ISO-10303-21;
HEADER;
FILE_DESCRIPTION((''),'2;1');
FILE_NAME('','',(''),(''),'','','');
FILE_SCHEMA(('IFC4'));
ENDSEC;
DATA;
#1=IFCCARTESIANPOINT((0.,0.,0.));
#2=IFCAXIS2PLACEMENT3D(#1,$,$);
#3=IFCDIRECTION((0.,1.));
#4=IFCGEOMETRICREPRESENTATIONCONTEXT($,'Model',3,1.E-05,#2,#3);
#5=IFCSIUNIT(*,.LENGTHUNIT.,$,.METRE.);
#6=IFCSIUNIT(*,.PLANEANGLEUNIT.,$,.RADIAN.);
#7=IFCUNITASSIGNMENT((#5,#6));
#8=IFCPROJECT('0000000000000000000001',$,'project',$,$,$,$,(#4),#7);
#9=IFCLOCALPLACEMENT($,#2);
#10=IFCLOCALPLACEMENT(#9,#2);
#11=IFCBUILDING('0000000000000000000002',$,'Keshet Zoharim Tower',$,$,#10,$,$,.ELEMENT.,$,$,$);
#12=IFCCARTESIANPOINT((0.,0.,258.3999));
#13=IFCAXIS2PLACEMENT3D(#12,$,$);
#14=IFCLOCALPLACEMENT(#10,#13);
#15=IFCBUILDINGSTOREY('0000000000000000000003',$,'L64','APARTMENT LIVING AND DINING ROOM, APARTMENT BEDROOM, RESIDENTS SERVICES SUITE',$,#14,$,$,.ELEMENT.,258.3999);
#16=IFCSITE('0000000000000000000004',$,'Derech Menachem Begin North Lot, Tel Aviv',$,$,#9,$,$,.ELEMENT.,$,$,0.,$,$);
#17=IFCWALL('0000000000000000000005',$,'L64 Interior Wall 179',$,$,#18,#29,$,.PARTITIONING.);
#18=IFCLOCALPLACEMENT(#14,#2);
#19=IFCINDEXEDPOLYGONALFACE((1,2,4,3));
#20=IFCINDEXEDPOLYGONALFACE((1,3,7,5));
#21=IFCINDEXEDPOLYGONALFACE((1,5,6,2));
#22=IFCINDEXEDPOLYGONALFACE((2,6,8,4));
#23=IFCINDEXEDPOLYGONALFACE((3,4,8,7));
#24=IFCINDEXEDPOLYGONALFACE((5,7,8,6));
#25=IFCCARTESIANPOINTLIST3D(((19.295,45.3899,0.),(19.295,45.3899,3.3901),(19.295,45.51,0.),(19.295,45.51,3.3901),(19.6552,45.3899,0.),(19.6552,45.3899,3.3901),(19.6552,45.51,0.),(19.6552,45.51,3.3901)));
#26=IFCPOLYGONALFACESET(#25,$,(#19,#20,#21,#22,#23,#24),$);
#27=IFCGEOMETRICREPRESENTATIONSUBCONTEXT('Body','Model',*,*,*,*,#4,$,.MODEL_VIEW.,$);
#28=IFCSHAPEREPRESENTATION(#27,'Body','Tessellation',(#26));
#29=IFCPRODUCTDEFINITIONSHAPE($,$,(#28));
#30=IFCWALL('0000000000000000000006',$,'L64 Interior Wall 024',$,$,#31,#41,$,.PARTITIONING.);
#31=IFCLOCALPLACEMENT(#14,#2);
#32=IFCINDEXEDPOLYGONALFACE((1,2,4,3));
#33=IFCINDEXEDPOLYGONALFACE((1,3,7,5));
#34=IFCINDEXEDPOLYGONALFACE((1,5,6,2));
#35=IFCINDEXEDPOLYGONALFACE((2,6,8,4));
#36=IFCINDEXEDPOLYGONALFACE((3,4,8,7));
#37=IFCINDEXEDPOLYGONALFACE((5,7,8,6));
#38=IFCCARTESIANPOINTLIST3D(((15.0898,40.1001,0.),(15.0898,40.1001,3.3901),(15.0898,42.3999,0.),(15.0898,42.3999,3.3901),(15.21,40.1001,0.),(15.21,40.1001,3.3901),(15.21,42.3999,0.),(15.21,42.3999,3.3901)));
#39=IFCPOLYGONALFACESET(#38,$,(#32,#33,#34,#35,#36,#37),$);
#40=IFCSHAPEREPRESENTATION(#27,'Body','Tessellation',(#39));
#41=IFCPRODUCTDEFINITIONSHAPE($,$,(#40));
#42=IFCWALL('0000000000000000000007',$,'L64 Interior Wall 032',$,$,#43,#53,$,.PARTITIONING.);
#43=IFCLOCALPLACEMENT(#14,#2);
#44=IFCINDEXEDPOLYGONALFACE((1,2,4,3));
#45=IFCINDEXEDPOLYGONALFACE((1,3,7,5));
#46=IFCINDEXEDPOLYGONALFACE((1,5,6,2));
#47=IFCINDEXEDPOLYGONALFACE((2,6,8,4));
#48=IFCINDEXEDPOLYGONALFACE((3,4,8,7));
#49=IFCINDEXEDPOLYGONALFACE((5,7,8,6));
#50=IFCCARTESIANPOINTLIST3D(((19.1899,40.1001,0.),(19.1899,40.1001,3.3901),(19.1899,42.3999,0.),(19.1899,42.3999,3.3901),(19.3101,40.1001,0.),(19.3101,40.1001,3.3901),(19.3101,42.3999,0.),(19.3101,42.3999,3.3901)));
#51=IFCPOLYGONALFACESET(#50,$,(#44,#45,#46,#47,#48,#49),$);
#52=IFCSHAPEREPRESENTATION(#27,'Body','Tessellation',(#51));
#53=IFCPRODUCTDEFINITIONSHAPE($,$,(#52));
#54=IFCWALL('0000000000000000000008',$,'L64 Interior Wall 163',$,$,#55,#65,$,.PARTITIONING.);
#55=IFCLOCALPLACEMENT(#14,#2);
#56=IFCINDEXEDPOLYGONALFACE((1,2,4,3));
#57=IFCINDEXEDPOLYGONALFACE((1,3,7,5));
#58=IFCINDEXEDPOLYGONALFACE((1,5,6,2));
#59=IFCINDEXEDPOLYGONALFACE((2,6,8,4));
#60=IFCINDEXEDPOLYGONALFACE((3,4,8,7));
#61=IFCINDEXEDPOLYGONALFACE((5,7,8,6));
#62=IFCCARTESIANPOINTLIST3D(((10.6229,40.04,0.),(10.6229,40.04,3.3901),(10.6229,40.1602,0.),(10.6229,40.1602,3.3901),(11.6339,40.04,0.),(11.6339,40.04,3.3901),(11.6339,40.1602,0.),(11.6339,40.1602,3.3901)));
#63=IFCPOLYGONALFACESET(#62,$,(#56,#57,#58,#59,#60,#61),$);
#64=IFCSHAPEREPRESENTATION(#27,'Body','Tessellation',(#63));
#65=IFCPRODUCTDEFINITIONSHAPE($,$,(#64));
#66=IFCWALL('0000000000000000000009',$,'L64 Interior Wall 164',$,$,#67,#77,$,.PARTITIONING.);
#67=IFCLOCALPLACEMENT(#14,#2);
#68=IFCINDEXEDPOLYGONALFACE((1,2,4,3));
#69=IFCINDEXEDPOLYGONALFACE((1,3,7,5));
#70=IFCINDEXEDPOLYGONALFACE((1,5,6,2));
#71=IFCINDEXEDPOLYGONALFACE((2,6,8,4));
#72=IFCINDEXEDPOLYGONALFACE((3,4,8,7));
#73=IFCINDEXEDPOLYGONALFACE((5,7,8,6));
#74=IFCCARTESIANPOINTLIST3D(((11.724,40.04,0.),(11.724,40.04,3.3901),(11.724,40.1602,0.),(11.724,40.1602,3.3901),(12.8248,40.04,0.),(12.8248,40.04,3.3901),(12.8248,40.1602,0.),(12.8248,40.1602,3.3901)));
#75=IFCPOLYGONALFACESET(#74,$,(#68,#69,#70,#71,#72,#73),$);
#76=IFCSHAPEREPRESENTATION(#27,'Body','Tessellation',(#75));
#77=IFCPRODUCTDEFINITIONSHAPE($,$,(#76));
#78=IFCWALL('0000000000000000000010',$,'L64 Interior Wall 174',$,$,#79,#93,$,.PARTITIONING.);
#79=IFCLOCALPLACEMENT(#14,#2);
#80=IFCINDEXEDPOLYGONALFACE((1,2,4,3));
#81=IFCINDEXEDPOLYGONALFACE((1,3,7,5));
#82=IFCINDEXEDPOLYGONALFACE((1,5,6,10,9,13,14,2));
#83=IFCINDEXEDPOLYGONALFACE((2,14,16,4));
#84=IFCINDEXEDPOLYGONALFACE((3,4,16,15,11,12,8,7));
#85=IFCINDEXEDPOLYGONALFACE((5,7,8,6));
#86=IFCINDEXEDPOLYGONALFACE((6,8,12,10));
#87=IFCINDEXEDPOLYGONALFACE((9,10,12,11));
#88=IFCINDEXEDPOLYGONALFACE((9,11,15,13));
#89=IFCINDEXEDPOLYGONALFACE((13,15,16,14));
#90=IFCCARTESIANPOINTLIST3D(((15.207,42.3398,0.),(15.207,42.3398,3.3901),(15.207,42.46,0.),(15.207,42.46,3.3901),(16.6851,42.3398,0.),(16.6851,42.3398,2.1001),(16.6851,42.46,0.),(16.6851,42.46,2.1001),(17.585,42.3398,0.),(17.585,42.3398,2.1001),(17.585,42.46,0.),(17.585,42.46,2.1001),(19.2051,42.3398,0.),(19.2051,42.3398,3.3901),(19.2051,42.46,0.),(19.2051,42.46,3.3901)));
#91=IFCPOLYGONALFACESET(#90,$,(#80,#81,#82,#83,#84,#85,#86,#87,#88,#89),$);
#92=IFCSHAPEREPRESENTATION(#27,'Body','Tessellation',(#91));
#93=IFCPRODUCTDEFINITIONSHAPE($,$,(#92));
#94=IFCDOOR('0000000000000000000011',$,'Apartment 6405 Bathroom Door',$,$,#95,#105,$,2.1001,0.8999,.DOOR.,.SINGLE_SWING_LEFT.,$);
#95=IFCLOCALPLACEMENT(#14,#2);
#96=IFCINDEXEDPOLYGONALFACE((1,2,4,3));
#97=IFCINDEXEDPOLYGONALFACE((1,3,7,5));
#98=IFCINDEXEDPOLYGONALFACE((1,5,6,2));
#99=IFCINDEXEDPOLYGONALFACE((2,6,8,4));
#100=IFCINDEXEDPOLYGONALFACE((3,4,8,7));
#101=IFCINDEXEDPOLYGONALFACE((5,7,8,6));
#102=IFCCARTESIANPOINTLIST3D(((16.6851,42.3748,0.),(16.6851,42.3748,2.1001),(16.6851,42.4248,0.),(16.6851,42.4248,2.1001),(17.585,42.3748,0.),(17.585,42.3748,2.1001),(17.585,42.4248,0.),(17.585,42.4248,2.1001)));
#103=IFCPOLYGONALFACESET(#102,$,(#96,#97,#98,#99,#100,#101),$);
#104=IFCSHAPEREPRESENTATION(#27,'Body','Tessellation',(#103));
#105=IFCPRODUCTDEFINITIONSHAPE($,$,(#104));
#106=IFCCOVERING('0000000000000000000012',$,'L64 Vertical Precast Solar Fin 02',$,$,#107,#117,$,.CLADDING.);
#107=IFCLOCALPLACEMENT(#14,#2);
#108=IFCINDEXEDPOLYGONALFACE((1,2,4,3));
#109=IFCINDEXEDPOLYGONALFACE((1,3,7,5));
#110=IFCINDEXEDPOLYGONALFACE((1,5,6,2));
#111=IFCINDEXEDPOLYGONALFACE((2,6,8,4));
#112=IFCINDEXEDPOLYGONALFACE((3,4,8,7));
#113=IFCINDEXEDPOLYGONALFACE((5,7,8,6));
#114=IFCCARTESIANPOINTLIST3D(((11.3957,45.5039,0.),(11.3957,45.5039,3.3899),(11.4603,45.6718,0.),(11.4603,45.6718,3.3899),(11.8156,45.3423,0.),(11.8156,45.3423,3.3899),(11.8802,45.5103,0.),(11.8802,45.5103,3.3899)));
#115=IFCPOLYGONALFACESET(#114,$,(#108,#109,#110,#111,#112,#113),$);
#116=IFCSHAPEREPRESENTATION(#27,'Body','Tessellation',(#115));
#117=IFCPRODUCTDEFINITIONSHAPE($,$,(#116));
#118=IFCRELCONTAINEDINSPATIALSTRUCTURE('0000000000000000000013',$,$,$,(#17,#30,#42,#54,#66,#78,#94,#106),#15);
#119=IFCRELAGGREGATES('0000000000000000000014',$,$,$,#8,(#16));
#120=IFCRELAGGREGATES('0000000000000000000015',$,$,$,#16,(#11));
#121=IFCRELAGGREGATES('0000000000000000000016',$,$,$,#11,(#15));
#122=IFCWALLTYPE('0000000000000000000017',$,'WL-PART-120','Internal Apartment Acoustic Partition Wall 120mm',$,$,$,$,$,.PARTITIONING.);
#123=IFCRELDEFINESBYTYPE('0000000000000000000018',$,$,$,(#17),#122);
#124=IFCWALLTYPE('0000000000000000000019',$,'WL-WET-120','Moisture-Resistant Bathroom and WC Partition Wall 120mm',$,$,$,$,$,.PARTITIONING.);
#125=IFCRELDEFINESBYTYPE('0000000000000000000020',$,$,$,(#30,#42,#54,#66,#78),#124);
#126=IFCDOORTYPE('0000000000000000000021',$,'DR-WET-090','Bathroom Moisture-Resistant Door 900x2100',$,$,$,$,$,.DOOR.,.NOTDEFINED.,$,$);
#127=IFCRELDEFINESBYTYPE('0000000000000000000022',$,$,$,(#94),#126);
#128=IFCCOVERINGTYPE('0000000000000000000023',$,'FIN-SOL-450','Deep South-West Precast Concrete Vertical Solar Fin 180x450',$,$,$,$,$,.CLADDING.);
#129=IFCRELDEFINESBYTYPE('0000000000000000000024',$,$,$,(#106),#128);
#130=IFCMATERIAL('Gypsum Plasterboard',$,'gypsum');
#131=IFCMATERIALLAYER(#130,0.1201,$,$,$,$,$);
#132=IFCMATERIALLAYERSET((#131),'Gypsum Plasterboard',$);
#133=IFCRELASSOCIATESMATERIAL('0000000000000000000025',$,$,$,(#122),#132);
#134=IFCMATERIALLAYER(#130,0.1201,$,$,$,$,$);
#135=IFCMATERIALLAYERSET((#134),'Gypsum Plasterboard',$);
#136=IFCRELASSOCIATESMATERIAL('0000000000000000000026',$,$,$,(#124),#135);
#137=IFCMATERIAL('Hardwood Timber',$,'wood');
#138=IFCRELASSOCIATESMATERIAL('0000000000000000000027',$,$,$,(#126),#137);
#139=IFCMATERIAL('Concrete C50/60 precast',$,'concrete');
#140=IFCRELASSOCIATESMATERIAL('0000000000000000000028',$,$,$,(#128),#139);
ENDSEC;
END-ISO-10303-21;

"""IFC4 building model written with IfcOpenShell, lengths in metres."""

from ifc_helpers import new_model, si_unit, direction, frame, frame_2d, origin, origin_2d, place, context, subcontext, project, spatial, rectangle, extrude, material, layer, layer_set, type_object, element, fill, save


model = new_model("IFC4")

# Units and contexts
model_context = context("Model", 3, precision=1e-05, world=origin(), true_north=direction((0.0, 1.0)))
body_context = subcontext(model_context, "Body", "Model", "MODEL_VIEW")
ifc_project = project(units=[si_unit("LENGTHUNIT", "METRE"), si_unit("PLANEANGLEUNIT", "RADIAN")], contexts=[model_context])

# Site, building, storey
site_placement = place(None, origin())
site = spatial("IfcSite", under=ifc_project, at=site_placement, Name="Derech Menachem Begin North Lot, Tel Aviv", CompositionType="ELEMENT", RefElevation=0.0)
building_placement = place(site_placement, origin())
building = spatial("IfcBuilding", under=site, at=building_placement, Name="Keshet Zoharim Tower", CompositionType="ELEMENT")
storey_placement = place(building_placement, frame((0.0, 0.0, 258.3999)))
storey = spatial("IfcBuildingStorey", under=building, at=storey_placement, Name="L64", Description="APARTMENT LIVING AND DINING ROOM, APARTMENT BEDROOM, RESIDENTS SERVICES SUITE", CompositionType="ELEMENT", Elevation=258.3999)

# Shared definitions
ifc_material_1 = material(Name="Gypsum Plasterboard", Category="gypsum")

# Shared definitions
ifc_material_2 = material(Name="Hardwood Timber", Category="wood")

# Shared definitions
ifc_layer_1 = layer(ifc_material_1, 0.1201)
ifc_layer_set_1 = layer_set([ifc_layer_1], Name="Gypsum Plasterboard")
wall_type_1 = type_object("IfcWallType", Name="WL-PART-120", Description="Internal Apartment Acoustic Partition Wall 120mm", PredefinedType="PARTITIONING", material=ifc_layer_set_1)

# Walls
wall_1_placement = place(storey_placement, frame((19.2949, 45.45, 0.0), z_axis=(0.0, 0.0, 1.0), x_axis=(1.0, 0.0, 0.0)))
element("IfcWall", 1, at=wall_1_placement, inside=storey, type_object=wall_type_1, Name="L64 Interior Wall 179", PredefinedType="PARTITIONING", context=body_context, shape_type="SweptSolid", body=[
    extrude(rectangle(XDim=0.3601, YDim=0.1201, at=frame_2d((0.1802, 0.0))), origin(), (0.0, 0.0, 1.0), 3.3901),
])
ifc_layer_2 = layer(ifc_material_1, 0.1201)
ifc_layer_set_2 = layer_set([ifc_layer_2], Name="Gypsum Plasterboard")
wall_type_2 = type_object("IfcWallType", Name="WL-WET-120", Description="Moisture-Resistant Bathroom and WC Partition Wall 120mm", PredefinedType="PARTITIONING", material=ifc_layer_set_2)
for number, where, z_axis, x_axis, name in (
    (2, (15.1499, 40.1001, 0.0), (0.0, 0.0, 1.0), (0.0, 1.0, 0.0), "L64 Interior Wall 024"),
    (3, (19.25, 40.1001, 0.0), (0.0, 0.0, 1.0), (0.0, 1.0, 0.0), "L64 Interior Wall 032"),
):
    element("IfcWall", number, at=place(storey_placement, frame(where, z_axis=z_axis, x_axis=x_axis)), inside=storey, type_object=wall_type_2, Name=name, PredefinedType="PARTITIONING", context=body_context, shape_type="SweptSolid", body=[
        extrude(rectangle(XDim=2.2998, YDim=0.1201, at=frame_2d((1.1499, 0.0))), origin(), (0.0, 0.0, 1.0), 3.3901),
    ])
wall_2_placement = place(storey_placement, frame((10.623, 40.1001, 0.0), z_axis=(0.0, 0.0, 1.0), x_axis=(1.0, 0.0, 0.0)))
element("IfcWall", 4, at=wall_2_placement, inside=storey, type_object=wall_type_2, Name="L64 Interior Wall 163", PredefinedType="PARTITIONING", context=body_context, shape_type="SweptSolid", body=[
    extrude(rectangle(XDim=1.011, YDim=0.1201, at=frame_2d((0.5054, 0.0))), origin(), (0.0, 0.0, 1.0), 3.3901),
])
wall_3_placement = place(storey_placement, frame((11.7241, 40.1001, 0.0), z_axis=(0.0, 0.0, 1.0), x_axis=(1.0, 0.0, 0.0)))
element("IfcWall", 5, at=wall_3_placement, inside=storey, type_object=wall_type_2, Name="L64 Interior Wall 164", PredefinedType="PARTITIONING", context=body_context, shape_type="SweptSolid", body=[
    extrude(rectangle(XDim=1.1008, YDim=0.1201, at=frame_2d((0.5503, 0.0))), origin(), (0.0, 0.0, 1.0), 3.3901),
])

# Wall, opening, door
wall_4_placement = place(storey_placement, frame((15.207, 42.3999, 0.0), z_axis=(0.0, 0.0, 1.0), x_axis=(1.0, 0.0, 0.0)))
wall_4 = element("IfcWall", 6, at=wall_4_placement, inside=storey, type_object=wall_type_2, Name="L64 Interior Wall 174", PredefinedType="PARTITIONING", context=body_context, shape_type="SweptSolid", body=[
    extrude(rectangle(XDim=3.998, YDim=0.1201, at=frame_2d((1.999, 0.0))), origin(), (0.0, 0.0, 1.0), 3.3901),
])
opening_1_placement = place(wall_4_placement, frame((1.478, 0.0, 0.0)))
opening_1 = element("IfcOpeningElement", 7, at=opening_1_placement, cuts=wall_4, PredefinedType="OPENING", context=body_context, shape_type="SweptSolid", body=[
    extrude(rectangle(XDim=0.8999, YDim=2.1001, at=frame_2d((0.45, 1.05))), frame((0.0, 0.0701, 0.0), z_axis=(0.0, -1.0, 0.0), x_axis=(1.0, 0.0, 0.0)), (0.0, 0.0, 1.0), 0.1401),
])
door_type_1 = type_object("IfcDoorType", Name="DR-WET-090", Description="Bathroom Moisture-Resistant Door 900x2100", OperationType="NOTDEFINED", PredefinedType="DOOR", material=ifc_material_2)
door_1_placement = place(opening_1_placement, origin())
door_1 = element("IfcDoor", 8, at=door_1_placement, inside=storey, type_object=door_type_1, Name="Apartment 6405 Bathroom Door", OperationType="SINGLE_SWING_LEFT", OverallHeight=2.1001, OverallWidth=0.8999, PredefinedType="DOOR", context=body_context, shape_type="SweptSolid", body=[
    extrude(rectangle(XDim=0.8999, YDim=2.1001, at=frame_2d((0.45, 1.05))), frame((0.0, 0.0249, 0.0), z_axis=(0.0, -1.0, 0.0), x_axis=(1.0, 0.0, 0.0)), (0.0, 0.0, 1.0), 0.05),
])
fill(opening_1, door_1)

# Covering
ifc_material_3 = material(Name="Concrete C50/60 precast", Category="concrete")
covering_type = type_object("IfcCoveringType", Name="FIN-SOL-450", Description="Deep South-West Precast Concrete Vertical Solar Fin 180x450", PredefinedType="CLADDING", material=ifc_material_3)
covering_placement = place(storey_placement, frame((11.6379, 45.5071, 0.0), z_axis=(0.0, 0.0, 1.0), x_axis=(0.35899, 0.933341, 0.0)))
element("IfcCovering", 9, at=covering_placement, inside=storey, type_object=covering_type, Name="L64 Vertical Precast Solar Fin 02", PredefinedType="CLADDING", context=body_context, shape_type="SweptSolid", body=[
    extrude(rectangle(XDim=0.1799, YDim=0.45, at=origin_2d()), origin(), (0.0, 0.0, 1.0), 3.3899),
])

save(model, "model.ifc")
